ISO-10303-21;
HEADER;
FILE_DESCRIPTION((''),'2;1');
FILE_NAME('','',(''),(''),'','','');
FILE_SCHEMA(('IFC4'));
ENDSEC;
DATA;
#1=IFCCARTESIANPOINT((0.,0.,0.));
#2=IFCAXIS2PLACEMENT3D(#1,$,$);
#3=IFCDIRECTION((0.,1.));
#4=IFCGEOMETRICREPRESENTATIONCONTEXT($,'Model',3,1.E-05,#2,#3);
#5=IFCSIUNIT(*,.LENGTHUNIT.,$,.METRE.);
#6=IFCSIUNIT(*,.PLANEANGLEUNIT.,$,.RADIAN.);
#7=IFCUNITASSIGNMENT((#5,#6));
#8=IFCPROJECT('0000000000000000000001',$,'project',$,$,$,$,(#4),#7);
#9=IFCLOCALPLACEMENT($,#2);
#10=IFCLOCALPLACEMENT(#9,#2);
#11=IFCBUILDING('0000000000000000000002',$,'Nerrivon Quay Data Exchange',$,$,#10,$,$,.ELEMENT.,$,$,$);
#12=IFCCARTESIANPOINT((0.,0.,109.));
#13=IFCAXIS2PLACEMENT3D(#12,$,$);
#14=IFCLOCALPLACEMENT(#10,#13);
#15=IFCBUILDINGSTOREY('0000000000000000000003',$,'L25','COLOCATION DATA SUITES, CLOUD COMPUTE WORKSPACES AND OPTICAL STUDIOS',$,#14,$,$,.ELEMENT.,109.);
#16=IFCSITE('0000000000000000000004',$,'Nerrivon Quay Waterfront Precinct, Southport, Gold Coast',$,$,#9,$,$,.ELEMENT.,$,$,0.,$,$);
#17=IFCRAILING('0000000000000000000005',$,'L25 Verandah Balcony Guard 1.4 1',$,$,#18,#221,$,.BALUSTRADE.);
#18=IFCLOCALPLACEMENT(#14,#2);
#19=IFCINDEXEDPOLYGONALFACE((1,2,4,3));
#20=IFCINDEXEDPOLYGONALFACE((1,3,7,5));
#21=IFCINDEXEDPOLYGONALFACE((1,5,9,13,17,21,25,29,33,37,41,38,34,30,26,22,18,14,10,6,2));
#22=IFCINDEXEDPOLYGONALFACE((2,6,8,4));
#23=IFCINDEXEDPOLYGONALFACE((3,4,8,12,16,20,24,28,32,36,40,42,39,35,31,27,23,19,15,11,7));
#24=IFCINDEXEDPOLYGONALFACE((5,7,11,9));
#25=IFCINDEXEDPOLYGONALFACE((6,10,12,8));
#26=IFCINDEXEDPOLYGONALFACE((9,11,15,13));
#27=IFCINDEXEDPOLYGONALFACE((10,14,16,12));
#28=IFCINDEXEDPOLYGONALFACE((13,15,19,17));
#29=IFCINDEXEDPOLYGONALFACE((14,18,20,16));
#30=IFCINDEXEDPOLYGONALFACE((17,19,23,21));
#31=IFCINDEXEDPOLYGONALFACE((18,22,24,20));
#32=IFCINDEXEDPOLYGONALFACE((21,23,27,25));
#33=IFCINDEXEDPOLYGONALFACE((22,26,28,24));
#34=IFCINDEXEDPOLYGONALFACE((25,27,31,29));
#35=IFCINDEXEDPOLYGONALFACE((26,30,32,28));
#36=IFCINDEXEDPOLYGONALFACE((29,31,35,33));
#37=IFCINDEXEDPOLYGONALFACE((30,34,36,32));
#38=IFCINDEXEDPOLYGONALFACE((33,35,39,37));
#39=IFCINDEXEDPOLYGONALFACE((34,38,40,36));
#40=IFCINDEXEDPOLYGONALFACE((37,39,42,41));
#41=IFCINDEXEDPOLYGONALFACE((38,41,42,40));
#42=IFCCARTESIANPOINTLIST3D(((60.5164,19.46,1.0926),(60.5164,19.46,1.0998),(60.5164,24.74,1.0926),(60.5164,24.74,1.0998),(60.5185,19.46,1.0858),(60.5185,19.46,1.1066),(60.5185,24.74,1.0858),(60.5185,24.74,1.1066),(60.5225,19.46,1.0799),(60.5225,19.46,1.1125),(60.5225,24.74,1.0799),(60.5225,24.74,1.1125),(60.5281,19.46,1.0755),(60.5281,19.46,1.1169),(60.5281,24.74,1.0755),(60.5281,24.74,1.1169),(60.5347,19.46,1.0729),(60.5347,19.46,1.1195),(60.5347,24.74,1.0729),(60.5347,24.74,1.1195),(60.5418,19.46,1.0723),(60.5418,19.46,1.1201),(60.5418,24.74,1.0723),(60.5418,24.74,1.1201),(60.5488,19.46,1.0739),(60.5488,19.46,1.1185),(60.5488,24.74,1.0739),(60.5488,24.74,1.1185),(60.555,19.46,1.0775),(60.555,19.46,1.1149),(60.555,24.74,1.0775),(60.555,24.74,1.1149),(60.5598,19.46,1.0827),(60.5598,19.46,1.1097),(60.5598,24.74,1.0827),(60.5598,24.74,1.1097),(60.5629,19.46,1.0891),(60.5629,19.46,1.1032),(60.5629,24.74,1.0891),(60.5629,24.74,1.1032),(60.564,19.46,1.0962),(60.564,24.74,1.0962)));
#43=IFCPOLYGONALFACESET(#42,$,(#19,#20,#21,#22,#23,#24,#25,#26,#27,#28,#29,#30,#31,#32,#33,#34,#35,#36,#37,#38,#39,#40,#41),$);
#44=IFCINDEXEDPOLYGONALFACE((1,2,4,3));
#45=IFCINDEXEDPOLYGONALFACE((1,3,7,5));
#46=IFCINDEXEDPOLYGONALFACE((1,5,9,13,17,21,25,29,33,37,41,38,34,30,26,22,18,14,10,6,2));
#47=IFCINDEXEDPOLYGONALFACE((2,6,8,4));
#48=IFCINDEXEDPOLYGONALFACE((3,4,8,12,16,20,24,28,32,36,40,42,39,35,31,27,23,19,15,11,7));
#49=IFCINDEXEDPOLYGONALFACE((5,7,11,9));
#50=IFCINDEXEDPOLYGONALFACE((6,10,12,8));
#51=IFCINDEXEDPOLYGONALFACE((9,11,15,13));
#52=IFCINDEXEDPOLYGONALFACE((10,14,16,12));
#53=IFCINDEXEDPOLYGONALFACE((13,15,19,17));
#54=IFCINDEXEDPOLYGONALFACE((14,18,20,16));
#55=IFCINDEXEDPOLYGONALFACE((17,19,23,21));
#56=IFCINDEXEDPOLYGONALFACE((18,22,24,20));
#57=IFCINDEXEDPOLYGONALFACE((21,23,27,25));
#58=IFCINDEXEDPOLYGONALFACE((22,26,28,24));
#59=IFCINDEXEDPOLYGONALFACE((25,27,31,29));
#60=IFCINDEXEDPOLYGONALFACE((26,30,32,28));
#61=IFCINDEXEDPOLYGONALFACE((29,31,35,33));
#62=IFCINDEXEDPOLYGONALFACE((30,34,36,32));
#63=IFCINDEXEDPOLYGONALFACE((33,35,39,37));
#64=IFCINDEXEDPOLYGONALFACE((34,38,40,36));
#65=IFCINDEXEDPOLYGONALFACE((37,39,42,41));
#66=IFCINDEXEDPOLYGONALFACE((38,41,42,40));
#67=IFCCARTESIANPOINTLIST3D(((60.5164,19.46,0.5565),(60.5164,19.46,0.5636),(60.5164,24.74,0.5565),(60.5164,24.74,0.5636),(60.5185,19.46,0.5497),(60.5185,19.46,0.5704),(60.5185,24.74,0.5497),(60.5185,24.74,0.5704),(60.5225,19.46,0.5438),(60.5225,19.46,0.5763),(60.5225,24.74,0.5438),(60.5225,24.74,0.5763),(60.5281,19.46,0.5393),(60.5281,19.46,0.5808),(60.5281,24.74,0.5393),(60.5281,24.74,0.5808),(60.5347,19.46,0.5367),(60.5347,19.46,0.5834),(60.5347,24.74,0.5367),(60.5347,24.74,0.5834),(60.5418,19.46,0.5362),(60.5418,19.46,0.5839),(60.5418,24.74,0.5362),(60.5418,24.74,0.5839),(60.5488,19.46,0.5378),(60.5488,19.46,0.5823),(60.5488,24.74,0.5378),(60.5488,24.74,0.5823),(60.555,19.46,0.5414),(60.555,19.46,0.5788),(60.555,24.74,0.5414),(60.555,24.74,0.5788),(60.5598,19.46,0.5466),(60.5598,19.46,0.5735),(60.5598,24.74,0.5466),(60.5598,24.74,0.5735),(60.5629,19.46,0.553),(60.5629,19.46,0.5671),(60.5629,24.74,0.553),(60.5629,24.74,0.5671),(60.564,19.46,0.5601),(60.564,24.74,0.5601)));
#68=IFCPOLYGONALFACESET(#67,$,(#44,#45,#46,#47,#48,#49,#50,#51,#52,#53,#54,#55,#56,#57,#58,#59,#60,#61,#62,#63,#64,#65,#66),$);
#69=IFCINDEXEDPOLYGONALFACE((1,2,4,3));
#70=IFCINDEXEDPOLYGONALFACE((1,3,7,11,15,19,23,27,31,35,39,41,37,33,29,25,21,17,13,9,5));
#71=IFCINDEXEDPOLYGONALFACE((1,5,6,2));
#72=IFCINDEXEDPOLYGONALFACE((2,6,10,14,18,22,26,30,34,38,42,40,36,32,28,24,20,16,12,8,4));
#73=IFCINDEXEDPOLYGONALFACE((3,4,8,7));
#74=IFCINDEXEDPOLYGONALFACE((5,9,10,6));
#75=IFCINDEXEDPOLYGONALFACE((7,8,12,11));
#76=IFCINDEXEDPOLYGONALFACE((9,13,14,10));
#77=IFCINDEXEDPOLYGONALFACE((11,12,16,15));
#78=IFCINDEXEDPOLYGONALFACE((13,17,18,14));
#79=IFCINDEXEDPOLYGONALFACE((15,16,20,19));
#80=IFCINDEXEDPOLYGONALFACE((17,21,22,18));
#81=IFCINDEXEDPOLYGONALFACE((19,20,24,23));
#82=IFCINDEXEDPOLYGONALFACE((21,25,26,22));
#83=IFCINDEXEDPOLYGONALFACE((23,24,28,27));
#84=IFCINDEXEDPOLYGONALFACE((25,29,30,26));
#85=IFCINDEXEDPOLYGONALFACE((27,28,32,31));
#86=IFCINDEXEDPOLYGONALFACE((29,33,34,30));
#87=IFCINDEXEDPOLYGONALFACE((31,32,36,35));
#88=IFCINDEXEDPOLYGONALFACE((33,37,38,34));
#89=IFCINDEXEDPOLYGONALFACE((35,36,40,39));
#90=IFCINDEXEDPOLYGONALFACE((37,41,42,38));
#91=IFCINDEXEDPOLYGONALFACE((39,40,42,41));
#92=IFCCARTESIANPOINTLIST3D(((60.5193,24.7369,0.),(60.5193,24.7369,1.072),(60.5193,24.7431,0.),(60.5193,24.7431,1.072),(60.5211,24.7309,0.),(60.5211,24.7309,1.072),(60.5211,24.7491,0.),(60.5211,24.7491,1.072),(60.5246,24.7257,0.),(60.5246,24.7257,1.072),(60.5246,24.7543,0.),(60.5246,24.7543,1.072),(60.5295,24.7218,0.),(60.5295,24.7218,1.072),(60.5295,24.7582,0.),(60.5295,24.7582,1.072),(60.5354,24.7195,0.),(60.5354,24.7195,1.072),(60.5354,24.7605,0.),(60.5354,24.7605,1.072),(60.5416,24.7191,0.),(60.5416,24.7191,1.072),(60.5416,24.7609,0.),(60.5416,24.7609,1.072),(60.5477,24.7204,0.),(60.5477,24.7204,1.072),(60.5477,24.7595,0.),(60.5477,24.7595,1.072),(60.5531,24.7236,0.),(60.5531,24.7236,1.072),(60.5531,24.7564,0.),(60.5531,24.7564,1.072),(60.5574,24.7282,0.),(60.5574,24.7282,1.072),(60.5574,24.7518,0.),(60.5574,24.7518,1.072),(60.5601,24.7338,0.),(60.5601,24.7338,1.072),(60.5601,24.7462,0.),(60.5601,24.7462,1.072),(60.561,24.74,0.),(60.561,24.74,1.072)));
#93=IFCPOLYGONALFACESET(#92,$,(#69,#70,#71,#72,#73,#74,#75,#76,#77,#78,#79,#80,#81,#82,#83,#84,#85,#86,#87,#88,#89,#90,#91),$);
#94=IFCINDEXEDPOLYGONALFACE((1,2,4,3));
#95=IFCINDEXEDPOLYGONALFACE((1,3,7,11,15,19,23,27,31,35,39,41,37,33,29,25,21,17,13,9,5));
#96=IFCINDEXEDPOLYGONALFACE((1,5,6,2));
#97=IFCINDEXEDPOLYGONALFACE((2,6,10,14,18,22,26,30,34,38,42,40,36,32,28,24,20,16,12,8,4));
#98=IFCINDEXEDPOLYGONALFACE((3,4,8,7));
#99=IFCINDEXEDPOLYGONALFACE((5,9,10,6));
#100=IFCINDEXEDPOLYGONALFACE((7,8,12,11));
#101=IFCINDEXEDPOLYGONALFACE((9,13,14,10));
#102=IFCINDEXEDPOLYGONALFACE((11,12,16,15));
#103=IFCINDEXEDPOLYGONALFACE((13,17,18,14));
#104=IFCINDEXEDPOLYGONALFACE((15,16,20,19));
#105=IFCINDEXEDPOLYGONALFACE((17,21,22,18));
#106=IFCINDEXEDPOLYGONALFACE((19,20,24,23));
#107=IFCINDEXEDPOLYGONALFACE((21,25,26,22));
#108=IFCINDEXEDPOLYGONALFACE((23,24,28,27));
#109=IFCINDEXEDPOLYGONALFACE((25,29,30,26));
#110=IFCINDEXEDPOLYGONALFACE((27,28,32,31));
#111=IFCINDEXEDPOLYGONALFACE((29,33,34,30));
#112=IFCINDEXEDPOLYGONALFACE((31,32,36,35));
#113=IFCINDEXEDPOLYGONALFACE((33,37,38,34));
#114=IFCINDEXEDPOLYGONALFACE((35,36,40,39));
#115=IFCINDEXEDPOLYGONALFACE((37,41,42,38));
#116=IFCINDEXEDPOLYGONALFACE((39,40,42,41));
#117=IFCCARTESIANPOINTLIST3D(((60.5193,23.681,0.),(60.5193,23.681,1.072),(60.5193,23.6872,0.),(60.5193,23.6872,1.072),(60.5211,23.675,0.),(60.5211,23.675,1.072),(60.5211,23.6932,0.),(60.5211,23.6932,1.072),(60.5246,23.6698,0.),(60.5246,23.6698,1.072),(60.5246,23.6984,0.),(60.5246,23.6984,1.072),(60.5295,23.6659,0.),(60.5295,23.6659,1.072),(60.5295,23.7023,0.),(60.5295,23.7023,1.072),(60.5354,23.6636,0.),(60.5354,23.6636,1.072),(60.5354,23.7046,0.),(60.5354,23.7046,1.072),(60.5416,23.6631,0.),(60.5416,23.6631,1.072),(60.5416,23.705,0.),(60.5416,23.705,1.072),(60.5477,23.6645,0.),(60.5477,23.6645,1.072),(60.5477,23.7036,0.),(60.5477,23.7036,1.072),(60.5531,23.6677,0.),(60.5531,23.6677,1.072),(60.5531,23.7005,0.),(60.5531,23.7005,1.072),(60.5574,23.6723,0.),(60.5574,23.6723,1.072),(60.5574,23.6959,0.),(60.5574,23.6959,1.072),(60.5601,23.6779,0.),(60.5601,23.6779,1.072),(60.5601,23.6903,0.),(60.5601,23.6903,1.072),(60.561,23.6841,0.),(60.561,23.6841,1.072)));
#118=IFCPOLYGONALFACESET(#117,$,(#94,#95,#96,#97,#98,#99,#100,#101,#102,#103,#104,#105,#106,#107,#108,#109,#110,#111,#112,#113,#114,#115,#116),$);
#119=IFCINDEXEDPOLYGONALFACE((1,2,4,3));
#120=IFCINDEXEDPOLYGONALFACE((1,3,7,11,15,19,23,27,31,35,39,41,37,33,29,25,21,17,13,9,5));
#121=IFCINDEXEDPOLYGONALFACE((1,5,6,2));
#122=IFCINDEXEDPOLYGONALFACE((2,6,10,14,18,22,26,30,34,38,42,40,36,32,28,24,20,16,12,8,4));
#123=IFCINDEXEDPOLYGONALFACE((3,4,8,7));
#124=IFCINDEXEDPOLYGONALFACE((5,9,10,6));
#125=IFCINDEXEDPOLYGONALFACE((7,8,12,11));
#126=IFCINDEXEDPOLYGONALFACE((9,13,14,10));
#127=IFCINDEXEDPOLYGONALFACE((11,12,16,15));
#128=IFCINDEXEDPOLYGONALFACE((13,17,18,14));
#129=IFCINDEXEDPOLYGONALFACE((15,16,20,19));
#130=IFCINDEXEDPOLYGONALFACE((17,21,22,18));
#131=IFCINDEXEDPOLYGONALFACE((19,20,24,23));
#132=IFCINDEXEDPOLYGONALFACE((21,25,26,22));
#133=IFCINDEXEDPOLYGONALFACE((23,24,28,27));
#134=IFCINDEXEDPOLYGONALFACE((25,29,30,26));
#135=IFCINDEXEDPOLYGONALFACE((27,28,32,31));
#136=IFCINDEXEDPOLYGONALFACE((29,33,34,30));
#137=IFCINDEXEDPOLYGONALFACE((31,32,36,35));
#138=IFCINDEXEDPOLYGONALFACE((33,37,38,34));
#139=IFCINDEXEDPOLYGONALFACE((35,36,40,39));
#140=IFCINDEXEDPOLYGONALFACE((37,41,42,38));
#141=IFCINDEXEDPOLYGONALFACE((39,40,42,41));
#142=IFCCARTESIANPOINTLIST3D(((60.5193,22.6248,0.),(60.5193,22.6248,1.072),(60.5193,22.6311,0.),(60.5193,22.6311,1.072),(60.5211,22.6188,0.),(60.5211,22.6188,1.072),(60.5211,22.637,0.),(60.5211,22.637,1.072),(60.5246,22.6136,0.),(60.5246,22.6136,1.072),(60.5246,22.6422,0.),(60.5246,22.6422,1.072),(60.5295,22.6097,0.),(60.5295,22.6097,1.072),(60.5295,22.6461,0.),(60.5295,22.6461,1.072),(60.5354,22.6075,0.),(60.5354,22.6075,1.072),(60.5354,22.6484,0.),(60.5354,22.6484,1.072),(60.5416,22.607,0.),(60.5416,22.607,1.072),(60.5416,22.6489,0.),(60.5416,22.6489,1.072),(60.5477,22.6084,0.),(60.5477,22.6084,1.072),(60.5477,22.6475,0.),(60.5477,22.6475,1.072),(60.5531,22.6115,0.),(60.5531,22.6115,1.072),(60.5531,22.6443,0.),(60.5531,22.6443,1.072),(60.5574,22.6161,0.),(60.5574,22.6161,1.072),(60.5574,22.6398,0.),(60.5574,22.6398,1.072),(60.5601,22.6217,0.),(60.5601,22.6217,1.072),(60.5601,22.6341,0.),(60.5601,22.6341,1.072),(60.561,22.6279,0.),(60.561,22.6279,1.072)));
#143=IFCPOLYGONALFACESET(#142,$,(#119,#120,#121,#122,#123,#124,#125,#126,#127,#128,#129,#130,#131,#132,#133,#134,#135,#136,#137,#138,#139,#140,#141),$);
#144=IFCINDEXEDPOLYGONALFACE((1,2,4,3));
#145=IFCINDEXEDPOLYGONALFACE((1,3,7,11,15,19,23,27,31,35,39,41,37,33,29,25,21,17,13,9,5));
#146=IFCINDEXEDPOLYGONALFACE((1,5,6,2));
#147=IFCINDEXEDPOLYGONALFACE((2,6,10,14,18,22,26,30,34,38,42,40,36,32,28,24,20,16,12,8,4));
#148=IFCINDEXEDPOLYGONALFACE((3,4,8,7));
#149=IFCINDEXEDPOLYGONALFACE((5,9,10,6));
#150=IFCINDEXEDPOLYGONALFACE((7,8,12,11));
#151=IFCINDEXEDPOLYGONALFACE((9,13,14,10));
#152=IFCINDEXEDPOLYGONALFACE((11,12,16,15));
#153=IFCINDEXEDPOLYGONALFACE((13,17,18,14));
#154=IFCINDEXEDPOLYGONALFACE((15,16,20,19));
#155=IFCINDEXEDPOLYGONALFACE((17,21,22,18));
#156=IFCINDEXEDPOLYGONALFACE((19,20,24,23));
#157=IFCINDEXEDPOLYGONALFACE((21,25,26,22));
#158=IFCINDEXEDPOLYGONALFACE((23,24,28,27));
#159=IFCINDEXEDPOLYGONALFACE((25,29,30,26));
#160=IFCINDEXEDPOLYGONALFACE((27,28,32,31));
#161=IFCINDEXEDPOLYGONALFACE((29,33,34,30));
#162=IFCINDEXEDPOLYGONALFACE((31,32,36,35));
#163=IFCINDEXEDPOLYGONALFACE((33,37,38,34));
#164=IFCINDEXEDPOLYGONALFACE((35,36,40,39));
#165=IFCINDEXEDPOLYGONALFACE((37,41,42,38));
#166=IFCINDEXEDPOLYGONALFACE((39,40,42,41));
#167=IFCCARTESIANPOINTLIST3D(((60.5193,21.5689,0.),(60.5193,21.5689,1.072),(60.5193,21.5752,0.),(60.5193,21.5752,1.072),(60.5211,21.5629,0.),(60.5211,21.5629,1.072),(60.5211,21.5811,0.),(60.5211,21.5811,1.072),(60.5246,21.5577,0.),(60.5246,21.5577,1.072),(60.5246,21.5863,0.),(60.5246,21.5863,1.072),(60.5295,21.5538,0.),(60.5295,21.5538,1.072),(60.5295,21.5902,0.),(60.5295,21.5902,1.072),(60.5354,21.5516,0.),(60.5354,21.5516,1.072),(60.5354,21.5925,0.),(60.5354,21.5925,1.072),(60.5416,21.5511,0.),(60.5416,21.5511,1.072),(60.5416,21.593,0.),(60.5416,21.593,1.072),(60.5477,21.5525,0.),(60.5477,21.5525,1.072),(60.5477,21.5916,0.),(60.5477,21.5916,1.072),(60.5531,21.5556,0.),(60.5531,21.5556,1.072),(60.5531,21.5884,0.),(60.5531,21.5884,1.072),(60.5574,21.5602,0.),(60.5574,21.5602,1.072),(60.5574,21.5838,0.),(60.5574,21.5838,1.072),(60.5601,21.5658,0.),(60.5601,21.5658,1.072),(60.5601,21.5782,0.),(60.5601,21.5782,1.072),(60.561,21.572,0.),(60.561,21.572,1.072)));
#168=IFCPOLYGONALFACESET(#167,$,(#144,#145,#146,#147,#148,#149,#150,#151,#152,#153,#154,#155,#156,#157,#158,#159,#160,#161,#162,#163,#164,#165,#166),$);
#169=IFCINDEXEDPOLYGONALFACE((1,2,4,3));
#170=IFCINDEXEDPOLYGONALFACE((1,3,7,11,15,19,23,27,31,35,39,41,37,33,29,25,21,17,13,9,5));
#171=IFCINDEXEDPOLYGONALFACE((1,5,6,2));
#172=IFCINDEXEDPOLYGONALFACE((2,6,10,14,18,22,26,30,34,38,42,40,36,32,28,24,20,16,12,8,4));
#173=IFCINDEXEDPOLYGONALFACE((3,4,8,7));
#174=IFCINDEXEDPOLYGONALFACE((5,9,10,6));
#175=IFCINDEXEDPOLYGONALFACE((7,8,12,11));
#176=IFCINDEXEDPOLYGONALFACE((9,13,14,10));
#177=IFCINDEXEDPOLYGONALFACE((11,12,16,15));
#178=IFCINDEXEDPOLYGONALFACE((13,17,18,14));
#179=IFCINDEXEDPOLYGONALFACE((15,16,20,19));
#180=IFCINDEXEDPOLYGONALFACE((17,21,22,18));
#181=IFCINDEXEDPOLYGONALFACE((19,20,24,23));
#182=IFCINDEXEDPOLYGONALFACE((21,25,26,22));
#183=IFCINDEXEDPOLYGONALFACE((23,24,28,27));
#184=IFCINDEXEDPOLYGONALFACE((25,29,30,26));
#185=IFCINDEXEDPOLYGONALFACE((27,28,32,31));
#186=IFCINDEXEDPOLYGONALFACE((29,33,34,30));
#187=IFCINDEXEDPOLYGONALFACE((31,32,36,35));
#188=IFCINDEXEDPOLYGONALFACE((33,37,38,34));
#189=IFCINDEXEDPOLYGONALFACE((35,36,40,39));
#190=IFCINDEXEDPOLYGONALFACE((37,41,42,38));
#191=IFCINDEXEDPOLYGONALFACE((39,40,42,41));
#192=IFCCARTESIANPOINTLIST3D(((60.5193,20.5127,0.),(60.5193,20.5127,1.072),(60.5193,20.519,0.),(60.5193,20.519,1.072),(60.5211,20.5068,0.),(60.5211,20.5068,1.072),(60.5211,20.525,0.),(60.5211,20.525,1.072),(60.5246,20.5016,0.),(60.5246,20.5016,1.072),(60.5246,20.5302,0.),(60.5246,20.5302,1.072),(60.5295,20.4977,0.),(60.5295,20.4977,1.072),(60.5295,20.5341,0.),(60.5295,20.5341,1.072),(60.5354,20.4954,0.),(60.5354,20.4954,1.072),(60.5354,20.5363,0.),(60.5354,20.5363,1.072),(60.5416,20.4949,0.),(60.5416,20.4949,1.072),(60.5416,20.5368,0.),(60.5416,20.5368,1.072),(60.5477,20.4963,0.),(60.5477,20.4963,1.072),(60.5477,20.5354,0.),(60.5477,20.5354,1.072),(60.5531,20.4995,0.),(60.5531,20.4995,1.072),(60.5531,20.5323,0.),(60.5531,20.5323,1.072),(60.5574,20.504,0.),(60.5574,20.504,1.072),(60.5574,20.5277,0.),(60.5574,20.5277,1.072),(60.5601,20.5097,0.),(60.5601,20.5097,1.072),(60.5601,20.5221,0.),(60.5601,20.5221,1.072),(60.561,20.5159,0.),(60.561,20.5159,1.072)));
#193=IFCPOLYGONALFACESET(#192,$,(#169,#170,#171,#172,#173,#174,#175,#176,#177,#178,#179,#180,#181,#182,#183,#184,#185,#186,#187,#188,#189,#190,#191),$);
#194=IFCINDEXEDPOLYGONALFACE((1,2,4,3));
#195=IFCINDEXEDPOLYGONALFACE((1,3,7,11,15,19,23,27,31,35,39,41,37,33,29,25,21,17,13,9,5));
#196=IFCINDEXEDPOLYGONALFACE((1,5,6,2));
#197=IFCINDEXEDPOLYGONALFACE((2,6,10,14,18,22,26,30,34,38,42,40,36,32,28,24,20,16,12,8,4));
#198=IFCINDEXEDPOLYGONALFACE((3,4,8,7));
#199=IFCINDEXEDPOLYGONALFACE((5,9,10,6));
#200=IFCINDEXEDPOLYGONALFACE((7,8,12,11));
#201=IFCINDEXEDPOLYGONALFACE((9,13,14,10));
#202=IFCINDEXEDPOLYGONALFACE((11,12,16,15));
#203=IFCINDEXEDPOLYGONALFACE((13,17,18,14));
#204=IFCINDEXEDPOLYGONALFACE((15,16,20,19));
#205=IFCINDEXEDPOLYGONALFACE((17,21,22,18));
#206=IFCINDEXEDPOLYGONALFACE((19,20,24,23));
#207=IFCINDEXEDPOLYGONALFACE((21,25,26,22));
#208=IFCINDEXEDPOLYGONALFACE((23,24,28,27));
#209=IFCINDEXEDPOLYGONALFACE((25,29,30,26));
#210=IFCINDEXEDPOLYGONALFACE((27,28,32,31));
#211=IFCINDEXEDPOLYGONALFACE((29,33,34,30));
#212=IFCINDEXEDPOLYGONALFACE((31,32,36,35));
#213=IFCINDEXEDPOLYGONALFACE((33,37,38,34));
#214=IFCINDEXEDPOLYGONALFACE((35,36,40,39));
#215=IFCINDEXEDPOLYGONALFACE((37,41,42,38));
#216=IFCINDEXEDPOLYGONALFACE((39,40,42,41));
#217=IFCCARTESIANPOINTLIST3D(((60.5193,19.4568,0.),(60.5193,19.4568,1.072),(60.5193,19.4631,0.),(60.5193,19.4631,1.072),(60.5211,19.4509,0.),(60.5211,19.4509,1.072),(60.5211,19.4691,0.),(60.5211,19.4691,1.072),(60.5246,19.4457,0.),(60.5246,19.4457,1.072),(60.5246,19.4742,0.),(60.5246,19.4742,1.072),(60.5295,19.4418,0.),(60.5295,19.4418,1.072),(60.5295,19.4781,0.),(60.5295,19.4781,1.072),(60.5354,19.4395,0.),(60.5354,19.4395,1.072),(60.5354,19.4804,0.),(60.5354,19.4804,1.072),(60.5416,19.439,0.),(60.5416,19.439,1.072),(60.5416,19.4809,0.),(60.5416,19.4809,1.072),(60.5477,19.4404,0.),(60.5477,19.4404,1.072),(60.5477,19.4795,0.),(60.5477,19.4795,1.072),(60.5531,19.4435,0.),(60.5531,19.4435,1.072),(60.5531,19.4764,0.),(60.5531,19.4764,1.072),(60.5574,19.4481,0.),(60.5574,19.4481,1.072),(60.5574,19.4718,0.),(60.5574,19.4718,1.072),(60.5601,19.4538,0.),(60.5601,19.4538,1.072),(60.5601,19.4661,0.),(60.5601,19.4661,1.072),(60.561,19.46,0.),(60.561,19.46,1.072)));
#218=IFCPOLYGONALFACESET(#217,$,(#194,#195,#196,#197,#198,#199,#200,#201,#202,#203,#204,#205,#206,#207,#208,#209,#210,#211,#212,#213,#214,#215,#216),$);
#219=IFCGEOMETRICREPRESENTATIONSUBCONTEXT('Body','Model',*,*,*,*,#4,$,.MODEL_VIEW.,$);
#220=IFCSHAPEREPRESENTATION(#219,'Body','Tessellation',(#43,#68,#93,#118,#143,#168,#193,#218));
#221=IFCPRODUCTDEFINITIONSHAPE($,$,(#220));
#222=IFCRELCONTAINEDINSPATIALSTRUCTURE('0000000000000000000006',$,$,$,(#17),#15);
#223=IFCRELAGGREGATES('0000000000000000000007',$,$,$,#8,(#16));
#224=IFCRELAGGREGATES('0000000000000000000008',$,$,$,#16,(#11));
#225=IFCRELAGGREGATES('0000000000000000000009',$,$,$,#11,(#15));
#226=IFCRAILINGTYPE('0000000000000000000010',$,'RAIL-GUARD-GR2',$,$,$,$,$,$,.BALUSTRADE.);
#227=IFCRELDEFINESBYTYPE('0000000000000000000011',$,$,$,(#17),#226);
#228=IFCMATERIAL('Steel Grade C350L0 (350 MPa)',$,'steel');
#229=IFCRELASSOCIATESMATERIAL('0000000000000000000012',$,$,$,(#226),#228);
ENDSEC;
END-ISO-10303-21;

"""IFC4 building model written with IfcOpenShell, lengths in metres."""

from ifc_helpers import new_model, si_unit, direction, frame, origin, origin_2d, place, context, subcontext, project, spatial, circle, extrude, material, type_object, element, save


model = new_model("IFC4")

# Units and contexts
model_context = context("Model", 3, precision=1e-05, world=origin(), true_north=direction((0.0, 1.0)))
body_context = subcontext(model_context, "Body", "Model", "MODEL_VIEW")
ifc_project = project(units=[si_unit("LENGTHUNIT", "METRE"), si_unit("PLANEANGLEUNIT", "RADIAN")], contexts=[model_context])

# Site, building, storey
site_placement = place(None, origin())
site = spatial("IfcSite", under=ifc_project, at=site_placement, Name="Nerrivon Quay Waterfront Precinct, Southport, Gold Coast", CompositionType="ELEMENT", RefElevation=0.0)
building_placement = place(site_placement, origin())
building = spatial("IfcBuilding", under=site, at=building_placement, Name="Nerrivon Quay Data Exchange", CompositionType="ELEMENT")
storey_placement = place(building_placement, frame((0.0, 0.0, 109.0)))
storey = spatial("IfcBuildingStorey", under=building, at=storey_placement, Name="L25", Description="COLOCATION DATA SUITES, CLOUD COMPUTE WORKSPACES AND OPTICAL STUDIOS", CompositionType="ELEMENT", Elevation=109.0)

# Shared definitions
ifc_material_1 = material(Name="Steel Grade C350L0 (350 MPa)", Category="steel")

# Railing
railing_type = type_object("IfcRailingType", Name="RAIL-GUARD-GR2", PredefinedType="BALUSTRADE", material=ifc_material_1)
railing_1_placement = place(storey_placement, frame((60.54, 24.74, 0.0)))
element("IfcRailing", 1, at=railing_1_placement, inside=storey, type_object=railing_type, Name="L25 Verandah Balcony Guard 1.4 1", PredefinedType="BALUSTRADE", context=body_context, shape_type="SweptSolid", body=[
    extrude(circle(Radius=0.0239, at=origin_2d()), frame((0.0, 0.0, 1.0962), z_axis=(0.0, -1.0, 0.0), x_axis=(1.0, 0.0, 0.0)), (0.0, 0.0, 1.0), 5.28),
    extrude(circle(Radius=0.0239, at=origin_2d()), frame((0.0, 0.0, 0.5601), z_axis=(0.0, -1.0, 0.0), x_axis=(1.0, 0.0, 0.0)), (0.0, 0.0, 1.0), 5.28),
    extrude(circle(Radius=0.021, at=origin_2d()), origin(), (0.0, 0.0, 1.0), 1.072),
    extrude(circle(Radius=0.021, at=origin_2d()), frame((0.0, -1.0559, 0.0)), (0.0, 0.0, 1.0), 1.072),
    extrude(circle(Radius=0.021, at=origin_2d()), frame((0.0, -2.1121, 0.0)), (0.0, 0.0, 1.0), 1.072),
    extrude(circle(Radius=0.021, at=origin_2d()), frame((0.0, -3.168, 0.0)), (0.0, 0.0, 1.0), 1.072),
    extrude(circle(Radius=0.021, at=origin_2d()), frame((0.0, -4.2241, 0.0)), (0.0, 0.0, 1.0), 1.072),
    extrude(circle(Radius=0.021, at=origin_2d()), frame((0.0, -5.28, 0.0)), (0.0, 0.0, 1.0), 1.072),
])

save(model, "model.ifc")
